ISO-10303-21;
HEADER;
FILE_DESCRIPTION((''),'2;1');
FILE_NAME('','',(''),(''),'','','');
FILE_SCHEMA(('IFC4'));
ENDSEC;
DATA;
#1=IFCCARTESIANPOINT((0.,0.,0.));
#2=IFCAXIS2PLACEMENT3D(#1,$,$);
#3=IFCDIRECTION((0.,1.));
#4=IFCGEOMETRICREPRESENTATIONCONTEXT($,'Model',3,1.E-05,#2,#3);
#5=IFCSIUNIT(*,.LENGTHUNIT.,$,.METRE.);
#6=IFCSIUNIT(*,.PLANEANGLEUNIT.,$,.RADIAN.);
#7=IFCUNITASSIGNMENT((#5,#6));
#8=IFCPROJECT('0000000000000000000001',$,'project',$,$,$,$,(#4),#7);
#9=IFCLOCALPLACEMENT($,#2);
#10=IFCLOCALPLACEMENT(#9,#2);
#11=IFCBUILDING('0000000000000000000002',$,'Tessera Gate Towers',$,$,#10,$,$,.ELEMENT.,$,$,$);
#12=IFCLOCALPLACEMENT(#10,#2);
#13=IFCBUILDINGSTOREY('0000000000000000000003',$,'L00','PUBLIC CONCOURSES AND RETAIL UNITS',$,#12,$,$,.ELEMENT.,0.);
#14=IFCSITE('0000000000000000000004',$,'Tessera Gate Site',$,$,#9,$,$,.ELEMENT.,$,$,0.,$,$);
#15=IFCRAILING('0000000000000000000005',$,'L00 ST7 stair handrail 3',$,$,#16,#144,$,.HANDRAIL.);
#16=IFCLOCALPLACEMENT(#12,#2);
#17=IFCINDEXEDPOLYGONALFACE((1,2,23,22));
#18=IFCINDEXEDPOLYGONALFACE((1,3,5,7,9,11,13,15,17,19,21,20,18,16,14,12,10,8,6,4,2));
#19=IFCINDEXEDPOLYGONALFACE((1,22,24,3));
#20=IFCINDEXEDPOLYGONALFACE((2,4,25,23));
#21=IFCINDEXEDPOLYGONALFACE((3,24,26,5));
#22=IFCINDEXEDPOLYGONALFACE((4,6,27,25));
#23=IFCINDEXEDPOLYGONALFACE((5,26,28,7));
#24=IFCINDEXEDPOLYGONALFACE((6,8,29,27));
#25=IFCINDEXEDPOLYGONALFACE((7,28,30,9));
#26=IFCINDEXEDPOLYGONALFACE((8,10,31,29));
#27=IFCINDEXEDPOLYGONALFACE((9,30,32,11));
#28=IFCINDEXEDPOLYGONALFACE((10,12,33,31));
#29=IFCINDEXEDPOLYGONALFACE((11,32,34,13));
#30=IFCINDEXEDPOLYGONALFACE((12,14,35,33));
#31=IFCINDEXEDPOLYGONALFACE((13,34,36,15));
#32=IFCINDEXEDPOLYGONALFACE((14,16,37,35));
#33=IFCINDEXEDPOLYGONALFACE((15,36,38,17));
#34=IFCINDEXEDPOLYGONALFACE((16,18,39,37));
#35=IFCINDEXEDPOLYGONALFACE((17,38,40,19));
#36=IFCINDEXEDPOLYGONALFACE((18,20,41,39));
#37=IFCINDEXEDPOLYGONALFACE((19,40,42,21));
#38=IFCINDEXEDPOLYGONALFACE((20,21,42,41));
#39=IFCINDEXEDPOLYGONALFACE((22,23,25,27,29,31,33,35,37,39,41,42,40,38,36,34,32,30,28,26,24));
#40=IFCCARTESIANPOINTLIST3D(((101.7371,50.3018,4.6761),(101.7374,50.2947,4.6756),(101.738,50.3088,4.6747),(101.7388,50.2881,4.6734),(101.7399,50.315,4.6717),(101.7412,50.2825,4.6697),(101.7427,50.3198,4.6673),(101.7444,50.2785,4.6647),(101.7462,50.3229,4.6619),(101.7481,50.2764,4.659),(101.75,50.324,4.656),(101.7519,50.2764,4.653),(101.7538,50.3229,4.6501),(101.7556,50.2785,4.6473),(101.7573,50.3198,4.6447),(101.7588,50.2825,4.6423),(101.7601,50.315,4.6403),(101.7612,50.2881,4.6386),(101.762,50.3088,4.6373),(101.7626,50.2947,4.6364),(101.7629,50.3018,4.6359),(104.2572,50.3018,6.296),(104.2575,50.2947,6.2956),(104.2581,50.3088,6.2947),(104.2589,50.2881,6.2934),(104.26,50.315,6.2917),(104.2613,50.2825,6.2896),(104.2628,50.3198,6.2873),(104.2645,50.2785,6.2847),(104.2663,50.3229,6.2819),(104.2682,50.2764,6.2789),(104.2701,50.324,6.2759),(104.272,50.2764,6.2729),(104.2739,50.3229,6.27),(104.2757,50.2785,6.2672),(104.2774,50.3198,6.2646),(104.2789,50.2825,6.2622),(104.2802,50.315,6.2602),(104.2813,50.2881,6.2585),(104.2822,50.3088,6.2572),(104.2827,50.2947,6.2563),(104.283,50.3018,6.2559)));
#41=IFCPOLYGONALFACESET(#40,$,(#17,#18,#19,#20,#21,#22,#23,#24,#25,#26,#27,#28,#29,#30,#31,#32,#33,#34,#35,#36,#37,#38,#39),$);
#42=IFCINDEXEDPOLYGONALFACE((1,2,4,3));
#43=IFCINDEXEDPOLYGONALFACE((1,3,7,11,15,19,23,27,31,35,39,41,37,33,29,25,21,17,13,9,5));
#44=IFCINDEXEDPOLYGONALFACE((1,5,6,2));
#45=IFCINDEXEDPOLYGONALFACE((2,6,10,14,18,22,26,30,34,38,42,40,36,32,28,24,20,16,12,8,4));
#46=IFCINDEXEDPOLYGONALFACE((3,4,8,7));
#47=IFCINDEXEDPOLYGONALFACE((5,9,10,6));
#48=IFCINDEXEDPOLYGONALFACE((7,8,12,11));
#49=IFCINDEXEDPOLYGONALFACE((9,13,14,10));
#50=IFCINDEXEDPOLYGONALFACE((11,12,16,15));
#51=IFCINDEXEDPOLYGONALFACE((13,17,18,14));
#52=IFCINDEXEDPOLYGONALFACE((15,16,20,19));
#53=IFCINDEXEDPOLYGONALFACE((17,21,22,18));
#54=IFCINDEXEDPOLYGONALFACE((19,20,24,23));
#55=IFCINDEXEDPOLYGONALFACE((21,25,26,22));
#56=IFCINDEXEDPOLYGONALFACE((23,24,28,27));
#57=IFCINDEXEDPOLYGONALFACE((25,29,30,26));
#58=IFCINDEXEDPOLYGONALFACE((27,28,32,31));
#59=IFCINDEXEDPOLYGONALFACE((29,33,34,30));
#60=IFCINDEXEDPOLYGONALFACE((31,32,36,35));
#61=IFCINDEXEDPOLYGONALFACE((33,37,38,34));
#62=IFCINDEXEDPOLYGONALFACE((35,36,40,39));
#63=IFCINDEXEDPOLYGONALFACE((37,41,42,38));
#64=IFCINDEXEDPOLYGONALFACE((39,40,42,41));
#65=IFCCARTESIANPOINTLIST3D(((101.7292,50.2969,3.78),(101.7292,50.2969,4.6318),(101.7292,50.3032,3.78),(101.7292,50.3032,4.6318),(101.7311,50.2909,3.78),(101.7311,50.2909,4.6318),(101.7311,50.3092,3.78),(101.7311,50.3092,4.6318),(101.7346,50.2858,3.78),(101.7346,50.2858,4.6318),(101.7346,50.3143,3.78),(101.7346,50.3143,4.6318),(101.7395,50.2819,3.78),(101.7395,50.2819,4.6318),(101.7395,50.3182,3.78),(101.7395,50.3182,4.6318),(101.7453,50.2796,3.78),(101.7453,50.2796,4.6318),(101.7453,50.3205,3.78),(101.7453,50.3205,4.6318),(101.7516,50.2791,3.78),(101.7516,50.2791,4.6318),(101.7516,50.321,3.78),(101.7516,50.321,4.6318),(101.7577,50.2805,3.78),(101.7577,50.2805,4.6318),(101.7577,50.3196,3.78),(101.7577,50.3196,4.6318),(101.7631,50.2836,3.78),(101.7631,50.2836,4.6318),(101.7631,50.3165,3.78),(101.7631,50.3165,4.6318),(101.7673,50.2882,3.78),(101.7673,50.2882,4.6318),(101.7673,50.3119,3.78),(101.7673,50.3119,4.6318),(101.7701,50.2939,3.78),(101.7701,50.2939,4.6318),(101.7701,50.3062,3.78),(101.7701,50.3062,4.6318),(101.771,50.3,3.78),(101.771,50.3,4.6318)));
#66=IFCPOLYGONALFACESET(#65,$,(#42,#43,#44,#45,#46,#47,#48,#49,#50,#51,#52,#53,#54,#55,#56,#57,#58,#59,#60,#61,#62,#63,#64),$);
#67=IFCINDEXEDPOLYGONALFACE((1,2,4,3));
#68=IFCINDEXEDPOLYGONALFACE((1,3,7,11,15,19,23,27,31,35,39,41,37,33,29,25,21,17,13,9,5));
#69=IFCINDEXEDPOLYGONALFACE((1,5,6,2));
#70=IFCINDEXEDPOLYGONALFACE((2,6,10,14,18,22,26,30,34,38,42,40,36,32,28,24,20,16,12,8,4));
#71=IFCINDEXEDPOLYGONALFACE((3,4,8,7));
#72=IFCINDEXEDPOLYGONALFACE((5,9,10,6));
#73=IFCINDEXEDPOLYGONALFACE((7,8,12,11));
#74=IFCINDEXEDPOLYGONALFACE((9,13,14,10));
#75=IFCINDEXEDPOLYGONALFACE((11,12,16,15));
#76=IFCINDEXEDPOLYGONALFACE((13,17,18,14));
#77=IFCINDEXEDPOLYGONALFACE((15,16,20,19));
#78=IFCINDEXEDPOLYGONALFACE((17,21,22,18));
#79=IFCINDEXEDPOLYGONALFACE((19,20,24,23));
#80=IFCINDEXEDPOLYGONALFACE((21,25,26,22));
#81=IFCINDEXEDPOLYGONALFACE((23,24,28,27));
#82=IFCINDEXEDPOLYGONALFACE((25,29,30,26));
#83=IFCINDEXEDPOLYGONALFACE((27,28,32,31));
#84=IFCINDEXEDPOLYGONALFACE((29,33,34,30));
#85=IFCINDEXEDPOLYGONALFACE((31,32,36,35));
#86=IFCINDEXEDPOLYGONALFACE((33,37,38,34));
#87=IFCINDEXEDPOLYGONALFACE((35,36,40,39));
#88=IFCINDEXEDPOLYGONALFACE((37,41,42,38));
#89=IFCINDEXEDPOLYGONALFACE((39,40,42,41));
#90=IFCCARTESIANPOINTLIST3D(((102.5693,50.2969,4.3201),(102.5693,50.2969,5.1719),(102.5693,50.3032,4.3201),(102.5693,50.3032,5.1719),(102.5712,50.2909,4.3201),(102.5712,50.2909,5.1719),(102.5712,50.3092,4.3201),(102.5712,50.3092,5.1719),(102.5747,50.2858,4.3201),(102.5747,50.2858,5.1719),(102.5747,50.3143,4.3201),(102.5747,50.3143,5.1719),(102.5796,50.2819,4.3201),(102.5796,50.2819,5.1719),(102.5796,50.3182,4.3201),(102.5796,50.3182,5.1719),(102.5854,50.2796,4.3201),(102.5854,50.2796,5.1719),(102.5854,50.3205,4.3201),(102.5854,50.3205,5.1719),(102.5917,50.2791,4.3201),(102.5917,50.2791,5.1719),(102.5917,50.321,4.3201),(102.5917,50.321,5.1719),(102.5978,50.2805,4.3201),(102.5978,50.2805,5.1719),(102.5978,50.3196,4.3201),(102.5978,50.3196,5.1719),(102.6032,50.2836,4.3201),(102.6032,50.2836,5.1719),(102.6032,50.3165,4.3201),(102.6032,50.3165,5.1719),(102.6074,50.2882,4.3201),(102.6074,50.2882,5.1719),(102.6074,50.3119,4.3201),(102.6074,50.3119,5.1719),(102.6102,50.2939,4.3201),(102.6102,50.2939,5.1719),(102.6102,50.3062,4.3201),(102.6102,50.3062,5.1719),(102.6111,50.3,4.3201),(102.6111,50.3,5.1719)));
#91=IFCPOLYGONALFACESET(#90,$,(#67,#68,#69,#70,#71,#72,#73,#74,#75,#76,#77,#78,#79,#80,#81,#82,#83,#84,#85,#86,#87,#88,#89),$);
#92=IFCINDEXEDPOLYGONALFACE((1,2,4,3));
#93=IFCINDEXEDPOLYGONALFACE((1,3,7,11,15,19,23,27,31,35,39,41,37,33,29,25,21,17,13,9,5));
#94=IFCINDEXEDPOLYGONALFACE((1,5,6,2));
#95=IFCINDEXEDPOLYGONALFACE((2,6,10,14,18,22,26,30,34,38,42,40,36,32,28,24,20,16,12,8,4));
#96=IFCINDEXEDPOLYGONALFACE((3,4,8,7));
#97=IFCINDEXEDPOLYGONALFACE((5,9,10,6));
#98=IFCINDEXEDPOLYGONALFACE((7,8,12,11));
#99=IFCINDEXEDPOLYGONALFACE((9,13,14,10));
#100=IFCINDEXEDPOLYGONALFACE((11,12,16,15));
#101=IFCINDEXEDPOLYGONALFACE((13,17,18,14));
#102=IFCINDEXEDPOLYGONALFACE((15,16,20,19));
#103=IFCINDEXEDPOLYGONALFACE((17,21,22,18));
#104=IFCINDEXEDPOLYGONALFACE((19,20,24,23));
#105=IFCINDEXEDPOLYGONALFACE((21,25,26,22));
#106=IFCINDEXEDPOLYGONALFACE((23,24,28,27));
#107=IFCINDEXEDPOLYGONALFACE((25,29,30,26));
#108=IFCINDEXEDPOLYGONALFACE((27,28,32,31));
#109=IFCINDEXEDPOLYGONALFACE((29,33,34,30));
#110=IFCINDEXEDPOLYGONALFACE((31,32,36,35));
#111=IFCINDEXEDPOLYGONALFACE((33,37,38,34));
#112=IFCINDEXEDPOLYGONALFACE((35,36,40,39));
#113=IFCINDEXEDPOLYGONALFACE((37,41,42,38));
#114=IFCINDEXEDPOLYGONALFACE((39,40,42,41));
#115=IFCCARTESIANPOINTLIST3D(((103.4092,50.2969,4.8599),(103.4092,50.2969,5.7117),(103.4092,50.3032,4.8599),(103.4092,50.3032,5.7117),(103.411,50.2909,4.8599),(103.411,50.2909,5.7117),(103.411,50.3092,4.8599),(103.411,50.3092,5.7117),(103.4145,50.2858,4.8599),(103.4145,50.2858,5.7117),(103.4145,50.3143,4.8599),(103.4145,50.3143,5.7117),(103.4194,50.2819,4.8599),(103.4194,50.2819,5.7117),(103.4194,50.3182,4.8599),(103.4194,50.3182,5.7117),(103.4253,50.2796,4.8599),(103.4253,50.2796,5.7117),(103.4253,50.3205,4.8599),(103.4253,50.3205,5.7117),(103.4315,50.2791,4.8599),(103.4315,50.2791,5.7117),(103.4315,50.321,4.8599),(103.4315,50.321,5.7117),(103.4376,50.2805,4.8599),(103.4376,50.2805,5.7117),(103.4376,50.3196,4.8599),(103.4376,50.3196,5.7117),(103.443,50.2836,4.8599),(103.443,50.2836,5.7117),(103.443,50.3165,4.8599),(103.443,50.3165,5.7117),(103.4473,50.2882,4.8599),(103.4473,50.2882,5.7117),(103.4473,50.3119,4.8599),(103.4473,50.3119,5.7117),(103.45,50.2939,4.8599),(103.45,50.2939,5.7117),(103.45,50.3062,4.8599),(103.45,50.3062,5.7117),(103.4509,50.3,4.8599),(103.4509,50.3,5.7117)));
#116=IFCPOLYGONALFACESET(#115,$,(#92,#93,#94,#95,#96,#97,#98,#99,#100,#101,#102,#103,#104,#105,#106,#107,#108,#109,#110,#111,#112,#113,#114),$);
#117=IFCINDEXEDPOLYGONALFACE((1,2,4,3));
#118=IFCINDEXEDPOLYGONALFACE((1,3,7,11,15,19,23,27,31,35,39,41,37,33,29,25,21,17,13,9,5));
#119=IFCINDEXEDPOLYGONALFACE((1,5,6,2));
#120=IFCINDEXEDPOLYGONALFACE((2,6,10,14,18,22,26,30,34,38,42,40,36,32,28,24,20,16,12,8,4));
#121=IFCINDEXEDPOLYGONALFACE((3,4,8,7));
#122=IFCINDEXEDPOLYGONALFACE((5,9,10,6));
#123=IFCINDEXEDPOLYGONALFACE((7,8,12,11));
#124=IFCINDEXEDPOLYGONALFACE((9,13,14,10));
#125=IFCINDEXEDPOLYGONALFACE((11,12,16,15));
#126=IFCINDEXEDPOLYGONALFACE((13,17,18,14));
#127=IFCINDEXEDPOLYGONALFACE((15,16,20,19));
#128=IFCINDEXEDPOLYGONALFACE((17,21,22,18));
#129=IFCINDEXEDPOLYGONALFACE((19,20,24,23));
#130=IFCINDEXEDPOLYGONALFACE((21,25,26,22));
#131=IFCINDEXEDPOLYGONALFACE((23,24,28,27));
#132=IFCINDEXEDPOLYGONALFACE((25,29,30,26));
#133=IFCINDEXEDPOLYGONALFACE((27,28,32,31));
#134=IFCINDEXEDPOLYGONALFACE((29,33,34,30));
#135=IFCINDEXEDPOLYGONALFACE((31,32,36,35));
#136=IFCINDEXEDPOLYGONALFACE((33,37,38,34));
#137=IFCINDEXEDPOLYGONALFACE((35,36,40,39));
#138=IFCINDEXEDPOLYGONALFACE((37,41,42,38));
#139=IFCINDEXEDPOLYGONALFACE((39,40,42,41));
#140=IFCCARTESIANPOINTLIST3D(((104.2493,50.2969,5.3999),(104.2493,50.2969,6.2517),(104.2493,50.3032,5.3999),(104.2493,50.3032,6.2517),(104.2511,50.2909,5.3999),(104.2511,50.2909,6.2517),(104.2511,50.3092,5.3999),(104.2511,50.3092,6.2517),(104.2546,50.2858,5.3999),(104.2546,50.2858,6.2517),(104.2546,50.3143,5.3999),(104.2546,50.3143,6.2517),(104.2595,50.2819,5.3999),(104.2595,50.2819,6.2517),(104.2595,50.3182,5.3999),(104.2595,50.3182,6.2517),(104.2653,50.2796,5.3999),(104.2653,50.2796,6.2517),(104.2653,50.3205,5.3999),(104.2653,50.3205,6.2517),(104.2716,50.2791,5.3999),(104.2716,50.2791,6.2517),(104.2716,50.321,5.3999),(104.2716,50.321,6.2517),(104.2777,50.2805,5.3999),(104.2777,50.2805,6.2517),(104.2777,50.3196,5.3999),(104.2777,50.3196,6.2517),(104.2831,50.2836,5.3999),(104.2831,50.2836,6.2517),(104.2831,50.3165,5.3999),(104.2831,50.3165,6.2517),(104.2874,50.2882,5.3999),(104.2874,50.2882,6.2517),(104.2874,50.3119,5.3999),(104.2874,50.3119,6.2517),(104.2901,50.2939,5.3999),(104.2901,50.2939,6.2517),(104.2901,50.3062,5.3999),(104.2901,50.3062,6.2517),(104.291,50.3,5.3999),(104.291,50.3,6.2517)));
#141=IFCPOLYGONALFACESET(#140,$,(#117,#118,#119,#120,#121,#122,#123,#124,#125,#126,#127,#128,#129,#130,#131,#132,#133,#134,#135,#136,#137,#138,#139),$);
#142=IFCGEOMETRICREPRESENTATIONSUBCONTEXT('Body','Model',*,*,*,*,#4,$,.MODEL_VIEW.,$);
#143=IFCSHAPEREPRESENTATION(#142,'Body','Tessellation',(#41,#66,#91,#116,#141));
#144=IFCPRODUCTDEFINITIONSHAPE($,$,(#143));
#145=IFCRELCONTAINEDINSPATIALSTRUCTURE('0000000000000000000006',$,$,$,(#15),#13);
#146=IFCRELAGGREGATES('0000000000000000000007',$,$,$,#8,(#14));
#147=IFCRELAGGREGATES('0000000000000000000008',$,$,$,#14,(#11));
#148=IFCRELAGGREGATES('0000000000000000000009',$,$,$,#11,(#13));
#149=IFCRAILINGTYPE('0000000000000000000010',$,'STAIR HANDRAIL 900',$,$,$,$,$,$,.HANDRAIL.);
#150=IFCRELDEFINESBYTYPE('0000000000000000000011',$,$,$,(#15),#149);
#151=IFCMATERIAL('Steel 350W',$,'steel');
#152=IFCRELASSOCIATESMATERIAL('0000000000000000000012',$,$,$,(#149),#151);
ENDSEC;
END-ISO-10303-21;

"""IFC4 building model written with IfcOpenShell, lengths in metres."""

from ifc_helpers import new_model, si_unit, direction, frame, origin, origin_2d, place, context, subcontext, project, spatial, circle, extrude, material, type_object, element, save


model = new_model("IFC4")

# Units and contexts
model_context = context("Model", 3, precision=1e-05, world=origin(), true_north=direction((0.0, 1.0)))
body_context = subcontext(model_context, "Body", "Model", "MODEL_VIEW")
ifc_project = project(units=[si_unit("LENGTHUNIT", "METRE"), si_unit("PLANEANGLEUNIT", "RADIAN")], contexts=[model_context])

# Site, building, storey
site_placement = place(None, origin())
site = spatial("IfcSite", under=ifc_project, at=site_placement, Name="Tessera Gate Site", CompositionType="ELEMENT", RefElevation=0.0)
building_placement = place(site_placement, origin())
building = spatial("IfcBuilding", under=site, at=building_placement, Name="Tessera Gate Towers", CompositionType="ELEMENT")
storey_placement = place(building_placement, origin())
storey = spatial("IfcBuildingStorey", under=building, at=storey_placement, Name="L00", Description="PUBLIC CONCOURSES AND RETAIL UNITS", CompositionType="ELEMENT", Elevation=0.0)

# Railing
ifc_material_1 = material(Name="Steel 350W", Category="steel")
railing_type_1 = type_object("IfcRailingType", Name="STAIR HANDRAIL 900", PredefinedType="HANDRAIL", material=ifc_material_1)
railing_1_placement = place(storey_placement, frame((101.75, 50.3, 3.78)))
element("IfcRailing", 1, at=railing_1_placement, inside=storey, type_object=railing_type_1, Name="L00 ST7 stair handrail 3", PredefinedType="HANDRAIL", context=body_context, shape_type="SweptSolid", body=[
    extrude(circle(Radius=0.0239, at=origin_2d()), frame((0.0, 0.0, 0.876), z_axis=(0.8412, 0.0, 0.540725), x_axis=(0.0, 1.0, 0.0)), (0.0, 0.0, 1.0), 2.9958),
    extrude(circle(Radius=0.021, at=origin_2d()), origin(), (0.0, 0.0, 1.0), 0.8518),
    extrude(circle(Radius=0.021, at=origin_2d()), frame((0.8401, 0.0, 0.54)), (0.0, 0.0, 1.0), 0.8518),
    extrude(circle(Radius=0.021, at=origin_2d()), frame((1.6799, 0.0, 1.0798)), (0.0, 0.0, 1.0), 0.8518),
    extrude(circle(Radius=0.021, at=origin_2d()), frame((2.52, 0.0, 1.6199)), (0.0, 0.0, 1.0), 0.8518),
])

save(model, "model.ifc")
